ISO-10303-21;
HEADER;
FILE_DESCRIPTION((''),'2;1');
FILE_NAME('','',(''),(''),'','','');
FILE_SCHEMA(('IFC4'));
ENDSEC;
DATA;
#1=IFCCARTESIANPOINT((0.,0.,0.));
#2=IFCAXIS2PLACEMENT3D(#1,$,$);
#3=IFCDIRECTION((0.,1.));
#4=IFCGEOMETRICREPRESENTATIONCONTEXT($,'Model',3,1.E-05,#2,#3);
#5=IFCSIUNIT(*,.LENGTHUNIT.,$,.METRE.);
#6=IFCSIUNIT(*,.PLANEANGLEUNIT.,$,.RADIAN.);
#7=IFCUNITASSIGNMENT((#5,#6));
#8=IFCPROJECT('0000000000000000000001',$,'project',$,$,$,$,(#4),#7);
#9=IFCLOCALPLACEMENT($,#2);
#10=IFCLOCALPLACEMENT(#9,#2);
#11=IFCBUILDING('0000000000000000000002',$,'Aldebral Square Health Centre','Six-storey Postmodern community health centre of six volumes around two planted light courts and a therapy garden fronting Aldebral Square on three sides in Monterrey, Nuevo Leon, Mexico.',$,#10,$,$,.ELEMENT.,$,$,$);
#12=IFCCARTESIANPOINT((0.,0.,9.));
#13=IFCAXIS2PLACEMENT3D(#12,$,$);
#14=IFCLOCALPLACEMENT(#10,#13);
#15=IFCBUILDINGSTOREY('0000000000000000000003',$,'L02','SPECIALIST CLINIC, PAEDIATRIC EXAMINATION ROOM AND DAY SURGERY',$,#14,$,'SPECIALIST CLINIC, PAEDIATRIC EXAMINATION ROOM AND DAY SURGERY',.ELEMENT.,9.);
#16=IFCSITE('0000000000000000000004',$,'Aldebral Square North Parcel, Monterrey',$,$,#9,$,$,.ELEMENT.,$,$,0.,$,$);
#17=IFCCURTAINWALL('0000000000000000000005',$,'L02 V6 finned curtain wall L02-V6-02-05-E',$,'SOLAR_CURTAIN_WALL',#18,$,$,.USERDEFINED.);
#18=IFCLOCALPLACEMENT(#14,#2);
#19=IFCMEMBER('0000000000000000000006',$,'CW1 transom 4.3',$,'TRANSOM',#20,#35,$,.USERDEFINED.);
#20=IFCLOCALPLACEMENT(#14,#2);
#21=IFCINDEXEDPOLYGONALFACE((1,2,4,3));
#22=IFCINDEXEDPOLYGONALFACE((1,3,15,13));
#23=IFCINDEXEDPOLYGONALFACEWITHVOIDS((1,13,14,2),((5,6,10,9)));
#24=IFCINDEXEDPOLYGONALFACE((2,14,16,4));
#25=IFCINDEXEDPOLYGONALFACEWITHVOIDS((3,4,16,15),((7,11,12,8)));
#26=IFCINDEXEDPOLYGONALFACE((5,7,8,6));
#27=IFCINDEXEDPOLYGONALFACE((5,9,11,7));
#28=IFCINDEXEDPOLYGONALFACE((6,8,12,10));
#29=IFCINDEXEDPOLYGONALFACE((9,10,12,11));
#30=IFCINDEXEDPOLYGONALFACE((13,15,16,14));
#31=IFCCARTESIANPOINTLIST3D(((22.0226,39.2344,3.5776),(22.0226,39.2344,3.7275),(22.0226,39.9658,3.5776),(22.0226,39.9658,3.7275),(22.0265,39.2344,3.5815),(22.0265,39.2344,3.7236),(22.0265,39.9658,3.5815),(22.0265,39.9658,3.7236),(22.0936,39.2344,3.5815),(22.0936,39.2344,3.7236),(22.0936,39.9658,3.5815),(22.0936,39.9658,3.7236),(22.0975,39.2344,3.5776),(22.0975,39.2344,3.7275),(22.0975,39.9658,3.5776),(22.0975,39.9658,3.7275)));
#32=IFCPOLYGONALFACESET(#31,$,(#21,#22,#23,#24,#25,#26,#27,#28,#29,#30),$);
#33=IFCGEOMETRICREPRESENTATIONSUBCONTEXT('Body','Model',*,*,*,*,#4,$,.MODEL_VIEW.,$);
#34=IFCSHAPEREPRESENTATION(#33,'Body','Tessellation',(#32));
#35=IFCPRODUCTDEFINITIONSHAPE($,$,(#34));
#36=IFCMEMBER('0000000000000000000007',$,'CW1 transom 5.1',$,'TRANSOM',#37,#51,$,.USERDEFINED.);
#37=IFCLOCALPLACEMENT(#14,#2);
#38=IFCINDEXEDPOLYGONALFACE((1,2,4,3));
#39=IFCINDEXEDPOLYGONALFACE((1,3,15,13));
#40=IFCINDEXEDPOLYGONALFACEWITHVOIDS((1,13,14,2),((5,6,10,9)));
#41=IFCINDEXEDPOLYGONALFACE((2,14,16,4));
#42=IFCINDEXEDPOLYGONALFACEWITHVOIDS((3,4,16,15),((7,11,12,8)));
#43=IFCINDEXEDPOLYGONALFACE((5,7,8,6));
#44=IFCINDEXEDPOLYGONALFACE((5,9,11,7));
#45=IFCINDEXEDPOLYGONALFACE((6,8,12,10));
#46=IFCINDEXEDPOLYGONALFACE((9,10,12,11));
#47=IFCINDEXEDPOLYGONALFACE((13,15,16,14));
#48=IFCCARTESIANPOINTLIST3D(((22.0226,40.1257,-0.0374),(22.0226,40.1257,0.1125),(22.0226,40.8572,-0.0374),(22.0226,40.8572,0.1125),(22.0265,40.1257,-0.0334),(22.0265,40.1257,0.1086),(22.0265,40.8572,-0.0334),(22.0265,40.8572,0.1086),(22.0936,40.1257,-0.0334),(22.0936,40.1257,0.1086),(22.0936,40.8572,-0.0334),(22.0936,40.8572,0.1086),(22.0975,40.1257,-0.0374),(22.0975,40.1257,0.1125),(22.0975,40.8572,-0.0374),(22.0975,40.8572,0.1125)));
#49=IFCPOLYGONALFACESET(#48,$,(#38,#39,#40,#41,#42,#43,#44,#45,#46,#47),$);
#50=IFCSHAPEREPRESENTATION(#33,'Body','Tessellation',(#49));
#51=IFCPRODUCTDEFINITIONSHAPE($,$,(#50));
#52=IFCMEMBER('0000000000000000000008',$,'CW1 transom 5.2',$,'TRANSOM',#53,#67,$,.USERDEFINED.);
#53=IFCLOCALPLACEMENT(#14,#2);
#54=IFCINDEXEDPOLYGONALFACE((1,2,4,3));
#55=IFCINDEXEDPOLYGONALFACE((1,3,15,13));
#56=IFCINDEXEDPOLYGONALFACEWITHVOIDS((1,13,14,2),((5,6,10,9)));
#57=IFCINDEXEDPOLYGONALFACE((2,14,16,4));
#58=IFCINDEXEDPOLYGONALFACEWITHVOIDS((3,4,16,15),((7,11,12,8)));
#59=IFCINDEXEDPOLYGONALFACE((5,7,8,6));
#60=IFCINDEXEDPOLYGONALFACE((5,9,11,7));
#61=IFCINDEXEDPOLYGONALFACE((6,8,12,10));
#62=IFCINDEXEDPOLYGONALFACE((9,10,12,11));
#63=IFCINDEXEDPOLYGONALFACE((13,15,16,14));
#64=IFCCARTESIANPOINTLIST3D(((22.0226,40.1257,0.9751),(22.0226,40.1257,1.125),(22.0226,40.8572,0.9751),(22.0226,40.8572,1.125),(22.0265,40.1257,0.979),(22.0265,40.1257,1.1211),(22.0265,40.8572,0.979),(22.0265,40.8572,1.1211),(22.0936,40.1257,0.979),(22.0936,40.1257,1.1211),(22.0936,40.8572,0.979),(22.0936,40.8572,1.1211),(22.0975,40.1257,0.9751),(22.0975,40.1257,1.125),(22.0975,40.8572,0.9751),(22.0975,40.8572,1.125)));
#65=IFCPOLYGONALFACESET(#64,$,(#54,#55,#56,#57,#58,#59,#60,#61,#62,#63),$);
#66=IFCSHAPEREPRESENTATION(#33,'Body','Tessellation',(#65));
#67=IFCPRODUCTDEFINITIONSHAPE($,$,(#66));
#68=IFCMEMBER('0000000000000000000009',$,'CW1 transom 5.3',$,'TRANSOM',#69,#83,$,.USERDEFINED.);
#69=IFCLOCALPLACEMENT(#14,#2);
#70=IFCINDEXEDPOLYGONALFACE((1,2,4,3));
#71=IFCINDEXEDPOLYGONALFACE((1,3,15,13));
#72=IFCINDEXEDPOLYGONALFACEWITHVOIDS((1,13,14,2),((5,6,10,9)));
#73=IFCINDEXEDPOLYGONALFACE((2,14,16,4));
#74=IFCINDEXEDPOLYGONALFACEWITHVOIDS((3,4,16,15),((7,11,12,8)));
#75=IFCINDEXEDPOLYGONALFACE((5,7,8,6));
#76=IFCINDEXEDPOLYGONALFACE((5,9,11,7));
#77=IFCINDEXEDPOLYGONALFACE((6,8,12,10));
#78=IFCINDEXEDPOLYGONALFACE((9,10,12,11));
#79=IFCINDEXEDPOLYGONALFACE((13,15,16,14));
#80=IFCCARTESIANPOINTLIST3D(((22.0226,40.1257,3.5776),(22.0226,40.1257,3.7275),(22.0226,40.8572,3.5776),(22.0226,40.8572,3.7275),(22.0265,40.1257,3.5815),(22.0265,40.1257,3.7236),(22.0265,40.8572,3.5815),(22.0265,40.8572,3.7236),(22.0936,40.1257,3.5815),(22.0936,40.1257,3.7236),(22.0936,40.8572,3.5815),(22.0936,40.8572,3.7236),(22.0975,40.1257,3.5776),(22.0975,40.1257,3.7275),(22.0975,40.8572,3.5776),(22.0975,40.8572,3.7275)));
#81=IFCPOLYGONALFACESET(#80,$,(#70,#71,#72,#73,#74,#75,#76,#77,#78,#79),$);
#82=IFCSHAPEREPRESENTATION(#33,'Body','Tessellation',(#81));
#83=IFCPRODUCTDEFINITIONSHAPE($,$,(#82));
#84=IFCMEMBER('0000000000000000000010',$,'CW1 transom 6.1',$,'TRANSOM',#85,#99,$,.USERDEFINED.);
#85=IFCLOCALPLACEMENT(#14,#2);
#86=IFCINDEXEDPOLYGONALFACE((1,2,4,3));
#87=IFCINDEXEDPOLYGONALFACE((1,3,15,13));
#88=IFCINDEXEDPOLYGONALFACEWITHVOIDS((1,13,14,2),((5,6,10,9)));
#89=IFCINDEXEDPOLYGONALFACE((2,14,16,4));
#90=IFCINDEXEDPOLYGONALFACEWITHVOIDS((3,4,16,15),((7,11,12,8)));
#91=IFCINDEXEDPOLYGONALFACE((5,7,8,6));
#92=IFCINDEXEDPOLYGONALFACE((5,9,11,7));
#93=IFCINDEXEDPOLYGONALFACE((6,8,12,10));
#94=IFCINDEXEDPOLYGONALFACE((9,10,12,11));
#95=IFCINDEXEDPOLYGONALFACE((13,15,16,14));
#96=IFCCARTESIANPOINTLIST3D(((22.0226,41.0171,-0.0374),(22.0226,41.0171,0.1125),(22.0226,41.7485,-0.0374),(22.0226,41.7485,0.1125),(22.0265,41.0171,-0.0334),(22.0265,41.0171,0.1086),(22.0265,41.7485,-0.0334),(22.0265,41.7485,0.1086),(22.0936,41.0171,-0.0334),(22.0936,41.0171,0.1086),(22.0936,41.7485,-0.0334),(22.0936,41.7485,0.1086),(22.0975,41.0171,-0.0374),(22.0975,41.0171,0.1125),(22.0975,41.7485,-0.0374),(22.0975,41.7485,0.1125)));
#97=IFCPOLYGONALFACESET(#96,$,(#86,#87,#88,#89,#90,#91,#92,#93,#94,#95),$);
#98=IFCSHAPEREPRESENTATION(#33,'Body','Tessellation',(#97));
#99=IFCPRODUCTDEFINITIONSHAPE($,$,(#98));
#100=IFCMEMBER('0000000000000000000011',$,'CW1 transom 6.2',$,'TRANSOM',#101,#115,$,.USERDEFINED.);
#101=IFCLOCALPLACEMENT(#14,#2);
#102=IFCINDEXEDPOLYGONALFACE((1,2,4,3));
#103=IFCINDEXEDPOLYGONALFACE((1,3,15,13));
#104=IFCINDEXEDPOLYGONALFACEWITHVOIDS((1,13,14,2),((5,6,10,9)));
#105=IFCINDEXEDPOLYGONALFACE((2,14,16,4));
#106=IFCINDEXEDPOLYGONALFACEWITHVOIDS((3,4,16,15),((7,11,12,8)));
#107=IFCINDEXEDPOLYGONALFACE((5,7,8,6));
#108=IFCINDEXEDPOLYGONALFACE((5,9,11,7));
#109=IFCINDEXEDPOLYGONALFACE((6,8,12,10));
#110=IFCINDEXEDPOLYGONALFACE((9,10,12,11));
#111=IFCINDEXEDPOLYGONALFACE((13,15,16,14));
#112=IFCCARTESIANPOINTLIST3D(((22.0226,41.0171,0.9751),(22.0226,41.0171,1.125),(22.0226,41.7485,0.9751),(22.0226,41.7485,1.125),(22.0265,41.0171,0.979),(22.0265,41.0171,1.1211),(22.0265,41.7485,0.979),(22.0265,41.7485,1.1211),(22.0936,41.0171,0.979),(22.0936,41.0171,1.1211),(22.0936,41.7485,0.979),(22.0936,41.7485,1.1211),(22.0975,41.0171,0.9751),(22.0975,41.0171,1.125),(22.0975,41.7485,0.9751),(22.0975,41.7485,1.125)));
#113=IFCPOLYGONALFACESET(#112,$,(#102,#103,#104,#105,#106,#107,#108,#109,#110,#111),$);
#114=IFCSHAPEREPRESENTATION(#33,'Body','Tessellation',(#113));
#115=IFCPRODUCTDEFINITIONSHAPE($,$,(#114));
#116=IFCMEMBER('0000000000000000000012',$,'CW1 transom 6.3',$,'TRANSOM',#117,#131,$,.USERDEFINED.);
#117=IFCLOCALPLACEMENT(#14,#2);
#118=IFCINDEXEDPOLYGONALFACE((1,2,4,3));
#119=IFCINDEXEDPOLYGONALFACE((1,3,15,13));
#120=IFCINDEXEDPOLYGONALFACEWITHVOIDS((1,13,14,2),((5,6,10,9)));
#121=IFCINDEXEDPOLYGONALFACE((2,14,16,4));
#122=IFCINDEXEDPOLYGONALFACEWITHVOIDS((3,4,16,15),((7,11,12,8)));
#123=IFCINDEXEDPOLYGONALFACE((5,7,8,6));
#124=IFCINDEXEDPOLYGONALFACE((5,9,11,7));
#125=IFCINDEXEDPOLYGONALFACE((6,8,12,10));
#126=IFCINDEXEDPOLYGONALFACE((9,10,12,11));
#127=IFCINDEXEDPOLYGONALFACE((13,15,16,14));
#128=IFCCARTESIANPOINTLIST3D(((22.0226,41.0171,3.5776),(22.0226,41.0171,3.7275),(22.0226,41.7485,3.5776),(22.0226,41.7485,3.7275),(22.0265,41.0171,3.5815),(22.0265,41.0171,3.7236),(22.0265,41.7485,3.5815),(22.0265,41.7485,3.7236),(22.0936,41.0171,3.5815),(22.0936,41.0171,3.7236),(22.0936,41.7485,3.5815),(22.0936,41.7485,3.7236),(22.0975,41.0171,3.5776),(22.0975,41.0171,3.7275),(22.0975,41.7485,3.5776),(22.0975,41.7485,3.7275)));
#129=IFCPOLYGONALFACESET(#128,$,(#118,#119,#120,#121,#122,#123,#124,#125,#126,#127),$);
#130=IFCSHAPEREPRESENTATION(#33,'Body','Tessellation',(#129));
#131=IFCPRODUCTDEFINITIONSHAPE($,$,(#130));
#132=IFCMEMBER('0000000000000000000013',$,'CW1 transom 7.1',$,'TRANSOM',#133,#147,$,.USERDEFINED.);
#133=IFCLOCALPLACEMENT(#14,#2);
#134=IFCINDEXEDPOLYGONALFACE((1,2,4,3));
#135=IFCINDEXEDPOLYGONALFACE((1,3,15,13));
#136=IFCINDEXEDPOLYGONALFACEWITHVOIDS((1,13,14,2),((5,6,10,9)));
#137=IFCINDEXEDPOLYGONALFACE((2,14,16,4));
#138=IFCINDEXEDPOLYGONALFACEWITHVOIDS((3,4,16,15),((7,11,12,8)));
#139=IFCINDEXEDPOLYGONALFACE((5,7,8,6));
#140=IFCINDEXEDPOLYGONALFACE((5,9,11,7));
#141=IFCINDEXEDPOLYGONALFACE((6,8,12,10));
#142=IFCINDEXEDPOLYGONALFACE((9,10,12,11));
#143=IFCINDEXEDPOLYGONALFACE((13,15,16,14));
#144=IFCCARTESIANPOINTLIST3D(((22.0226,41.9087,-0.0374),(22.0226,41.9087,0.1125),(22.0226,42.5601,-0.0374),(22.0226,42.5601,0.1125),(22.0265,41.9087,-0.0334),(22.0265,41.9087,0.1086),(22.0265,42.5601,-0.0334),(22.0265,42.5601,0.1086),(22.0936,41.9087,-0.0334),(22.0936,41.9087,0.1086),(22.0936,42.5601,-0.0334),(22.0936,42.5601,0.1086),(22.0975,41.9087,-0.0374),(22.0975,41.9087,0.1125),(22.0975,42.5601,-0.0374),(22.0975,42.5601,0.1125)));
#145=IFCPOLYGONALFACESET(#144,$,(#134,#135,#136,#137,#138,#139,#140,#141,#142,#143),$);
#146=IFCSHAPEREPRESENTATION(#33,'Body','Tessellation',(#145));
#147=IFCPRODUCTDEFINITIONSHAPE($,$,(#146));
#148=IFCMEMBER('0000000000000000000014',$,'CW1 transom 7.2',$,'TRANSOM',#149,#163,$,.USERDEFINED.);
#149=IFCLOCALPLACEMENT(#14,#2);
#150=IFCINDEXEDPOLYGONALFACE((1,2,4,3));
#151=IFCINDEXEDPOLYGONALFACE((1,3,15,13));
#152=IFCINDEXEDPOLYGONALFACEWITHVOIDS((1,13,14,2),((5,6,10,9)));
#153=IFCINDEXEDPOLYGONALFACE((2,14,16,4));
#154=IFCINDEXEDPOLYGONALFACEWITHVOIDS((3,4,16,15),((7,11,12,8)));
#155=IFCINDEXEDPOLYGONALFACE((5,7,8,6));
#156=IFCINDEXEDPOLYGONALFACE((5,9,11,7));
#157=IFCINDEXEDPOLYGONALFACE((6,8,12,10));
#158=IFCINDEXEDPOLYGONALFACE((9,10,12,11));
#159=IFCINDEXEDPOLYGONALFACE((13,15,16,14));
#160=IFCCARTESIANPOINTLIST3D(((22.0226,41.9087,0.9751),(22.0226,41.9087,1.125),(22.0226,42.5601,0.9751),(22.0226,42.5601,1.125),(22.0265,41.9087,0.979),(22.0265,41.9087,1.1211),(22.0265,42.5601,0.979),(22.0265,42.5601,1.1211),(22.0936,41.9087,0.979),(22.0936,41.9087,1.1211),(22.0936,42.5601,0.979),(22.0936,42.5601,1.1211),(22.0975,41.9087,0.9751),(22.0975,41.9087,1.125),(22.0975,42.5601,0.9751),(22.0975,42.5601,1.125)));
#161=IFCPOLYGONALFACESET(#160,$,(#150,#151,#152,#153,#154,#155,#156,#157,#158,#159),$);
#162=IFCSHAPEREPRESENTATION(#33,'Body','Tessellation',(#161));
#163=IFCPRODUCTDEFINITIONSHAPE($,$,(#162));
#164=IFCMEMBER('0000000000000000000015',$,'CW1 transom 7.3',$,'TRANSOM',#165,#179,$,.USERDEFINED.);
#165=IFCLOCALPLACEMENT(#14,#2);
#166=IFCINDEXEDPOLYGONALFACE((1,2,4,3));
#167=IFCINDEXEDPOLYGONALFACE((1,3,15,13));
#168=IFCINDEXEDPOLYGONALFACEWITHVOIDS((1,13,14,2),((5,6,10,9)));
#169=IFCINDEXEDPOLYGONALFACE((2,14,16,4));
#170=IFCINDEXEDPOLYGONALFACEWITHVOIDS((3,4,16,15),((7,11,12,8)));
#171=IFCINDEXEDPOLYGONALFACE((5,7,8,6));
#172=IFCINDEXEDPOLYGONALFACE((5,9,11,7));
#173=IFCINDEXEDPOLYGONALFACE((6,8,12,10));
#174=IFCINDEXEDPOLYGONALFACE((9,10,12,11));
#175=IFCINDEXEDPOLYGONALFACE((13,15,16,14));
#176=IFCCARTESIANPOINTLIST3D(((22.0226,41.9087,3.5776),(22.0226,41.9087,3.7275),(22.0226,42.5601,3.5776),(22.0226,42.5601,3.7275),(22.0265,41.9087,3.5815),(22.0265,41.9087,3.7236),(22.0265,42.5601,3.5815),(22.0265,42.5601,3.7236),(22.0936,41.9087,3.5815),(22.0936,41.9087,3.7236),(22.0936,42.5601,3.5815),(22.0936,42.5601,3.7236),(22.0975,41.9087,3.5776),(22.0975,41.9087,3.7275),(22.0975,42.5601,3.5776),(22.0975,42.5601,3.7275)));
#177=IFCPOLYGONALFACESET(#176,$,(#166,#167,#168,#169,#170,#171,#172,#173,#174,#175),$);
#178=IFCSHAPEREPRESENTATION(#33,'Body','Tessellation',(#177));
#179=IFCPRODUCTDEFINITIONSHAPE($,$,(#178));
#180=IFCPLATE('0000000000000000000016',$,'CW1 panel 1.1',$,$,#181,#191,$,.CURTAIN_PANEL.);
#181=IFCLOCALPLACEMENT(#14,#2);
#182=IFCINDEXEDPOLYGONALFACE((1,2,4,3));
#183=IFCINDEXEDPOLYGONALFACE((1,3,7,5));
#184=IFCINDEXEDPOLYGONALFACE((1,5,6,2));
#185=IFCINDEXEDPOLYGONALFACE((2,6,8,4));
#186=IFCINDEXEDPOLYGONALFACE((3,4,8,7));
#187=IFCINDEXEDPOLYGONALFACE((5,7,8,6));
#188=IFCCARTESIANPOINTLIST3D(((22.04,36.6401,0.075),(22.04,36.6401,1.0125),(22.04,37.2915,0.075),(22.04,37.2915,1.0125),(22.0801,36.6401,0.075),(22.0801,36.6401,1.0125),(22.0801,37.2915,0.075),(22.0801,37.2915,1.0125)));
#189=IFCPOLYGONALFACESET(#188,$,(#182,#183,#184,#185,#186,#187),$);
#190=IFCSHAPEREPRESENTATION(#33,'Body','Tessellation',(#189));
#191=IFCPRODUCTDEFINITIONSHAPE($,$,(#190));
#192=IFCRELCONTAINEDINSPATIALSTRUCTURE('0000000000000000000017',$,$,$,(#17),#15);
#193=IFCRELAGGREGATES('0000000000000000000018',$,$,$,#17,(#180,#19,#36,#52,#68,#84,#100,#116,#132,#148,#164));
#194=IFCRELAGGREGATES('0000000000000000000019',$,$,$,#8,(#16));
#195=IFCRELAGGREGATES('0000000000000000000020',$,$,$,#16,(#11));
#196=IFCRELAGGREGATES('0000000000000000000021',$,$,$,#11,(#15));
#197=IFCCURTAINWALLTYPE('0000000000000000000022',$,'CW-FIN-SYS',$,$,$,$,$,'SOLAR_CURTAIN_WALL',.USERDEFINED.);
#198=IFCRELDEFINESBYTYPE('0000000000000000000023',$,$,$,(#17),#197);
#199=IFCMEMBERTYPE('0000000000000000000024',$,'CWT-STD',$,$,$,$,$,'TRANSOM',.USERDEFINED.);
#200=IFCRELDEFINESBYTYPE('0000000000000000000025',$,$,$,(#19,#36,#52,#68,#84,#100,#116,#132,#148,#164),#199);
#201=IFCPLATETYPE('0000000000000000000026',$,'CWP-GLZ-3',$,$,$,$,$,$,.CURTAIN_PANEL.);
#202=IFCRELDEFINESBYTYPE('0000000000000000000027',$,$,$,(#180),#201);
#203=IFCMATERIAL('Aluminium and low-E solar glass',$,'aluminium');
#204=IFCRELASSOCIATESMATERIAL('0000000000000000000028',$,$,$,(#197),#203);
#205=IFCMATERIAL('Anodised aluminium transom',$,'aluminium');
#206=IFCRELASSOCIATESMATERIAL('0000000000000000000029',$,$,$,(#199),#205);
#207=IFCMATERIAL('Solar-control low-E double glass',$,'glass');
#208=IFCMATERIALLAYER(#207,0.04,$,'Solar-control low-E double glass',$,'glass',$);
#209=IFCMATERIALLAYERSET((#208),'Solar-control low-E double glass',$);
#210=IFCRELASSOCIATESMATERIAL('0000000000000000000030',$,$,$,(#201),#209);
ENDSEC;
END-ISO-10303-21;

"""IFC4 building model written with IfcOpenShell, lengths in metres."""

from ifc_helpers import new_model, si_unit, direction, frame, origin, origin_2d, place, context, subcontext, project, spatial, rectangle, hollow_rectangle, extrude, material, layer, layer_set, material_profile, profile_set, type_object, element, aggregate, save


model = new_model("IFC4")

# Units and contexts
model_context = context("Model", 3, precision=1e-05, world=origin(), true_north=direction((0.0, 1.0)))
body_context = subcontext(model_context, "Body", "Model", "MODEL_VIEW")
ifc_project = project(units=[si_unit("LENGTHUNIT", "METRE"), si_unit("PLANEANGLEUNIT", "RADIAN")], contexts=[model_context])

# Site, building, storey
site_placement = place(None, origin())
site = spatial("IfcSite", under=ifc_project, at=site_placement, Name="Aldebral Square North Parcel, Monterrey", CompositionType="ELEMENT", RefElevation=0.0)
building_placement = place(site_placement, origin())
building = spatial("IfcBuilding", under=site, at=building_placement, Name="Aldebral Square Health Centre", Description="Six-storey Postmodern community health centre of six volumes around two planted light courts and a therapy garden fronting Aldebral Square on three sides in Monterrey, Nuevo Leon, Mexico.", CompositionType="ELEMENT")
storey_placement = place(building_placement, frame((0.0, 0.0, 9.0)))
storey = spatial("IfcBuildingStorey", under=building, at=storey_placement, Name="L02", Description="SPECIALIST CLINIC, PAEDIATRIC EXAMINATION ROOM AND DAY SURGERY", LongName="SPECIALIST CLINIC, PAEDIATRIC EXAMINATION ROOM AND DAY SURGERY", CompositionType="ELEMENT", Elevation=9.0)

# Shared definitions
ifc_material_1 = material(Name="Aluminium and low-E solar glass", Category="aluminium")
curtain_wall_type = type_object("IfcCurtainWallType", Name="CW-FIN-SYS", ElementType="SOLAR_CURTAIN_WALL", PredefinedType="USERDEFINED", material=ifc_material_1)

# Curtain wall, members, plate
curtain_wall_1_placement = place(storey_placement, origin())
curtain_wall_1 = element("IfcCurtainWall", 1, at=curtain_wall_1_placement, inside=storey, type_object=curtain_wall_type, Name="L02 V6 finned curtain wall L02-V6-02-05-E", ObjectType="SOLAR_CURTAIN_WALL", PredefinedType="USERDEFINED")
ifc_material_2 = material(Name="Anodised aluminium transom", Category="aluminium")
ifc_material_profile_1 = material_profile(ifc_material_2, hollow_rectangle(XDim=0.075, YDim=0.1499, WallThickness=0.0039, at=origin_2d()), Name="CWT 75x150x4")
ifc_profile_set_1 = profile_set([ifc_material_profile_1], Name="Anodised aluminium transom")
member_type_1 = type_object("IfcMemberType", Name="CWT-STD", ElementType="TRANSOM", PredefinedType="USERDEFINED", material=ifc_profile_set_1)
member_1_placement = place(storey_placement, frame((22.0601, 39.2344, 3.6526), z_axis=(0.0, 1.0, 0.0), x_axis=(-1.0, 0.0, 0.0)))
member_1 = element("IfcMember", 2, at=member_1_placement, type_object=member_type_1, Name="CW1 transom 4.3", ObjectType="TRANSOM", PredefinedType="USERDEFINED", context=body_context, shape_type="SweptSolid", body=[
    extrude(hollow_rectangle(XDim=0.075, YDim=0.1499, WallThickness=0.0039, at=origin_2d()), origin(), (0.0, 0.0, 1.0), 0.7314),
])
member_2_placement = place(storey_placement, frame((22.0601, 40.1257, 0.0376), z_axis=(0.0, 1.0, 0.0), x_axis=(-1.0, 0.0, 0.0)))
member_2 = element("IfcMember", 3, at=member_2_placement, type_object=member_type_1, Name="CW1 transom 5.1", ObjectType="TRANSOM", PredefinedType="USERDEFINED", context=body_context, shape_type="SweptSolid", body=[
    extrude(hollow_rectangle(XDim=0.075, YDim=0.1499, WallThickness=0.0039, at=origin_2d()), origin(), (0.0, 0.0, 1.0), 0.7314),
])
member_3_placement = place(storey_placement, frame((22.0601, 40.1257, 1.05), z_axis=(0.0, 1.0, 0.0), x_axis=(-1.0, 0.0, 0.0)))
member_3 = element("IfcMember", 4, at=member_3_placement, type_object=member_type_1, Name="CW1 transom 5.2", ObjectType="TRANSOM", PredefinedType="USERDEFINED", context=body_context, shape_type="SweptSolid", body=[
    extrude(hollow_rectangle(XDim=0.075, YDim=0.1499, WallThickness=0.0039, at=origin_2d()), origin(), (0.0, 0.0, 1.0), 0.7314),
])
member_4_placement = place(storey_placement, frame((22.0601, 40.1257, 3.6526), z_axis=(0.0, 1.0, 0.0), x_axis=(-1.0, 0.0, 0.0)))
member_4 = element("IfcMember", 5, at=member_4_placement, type_object=member_type_1, Name="CW1 transom 5.3", ObjectType="TRANSOM", PredefinedType="USERDEFINED", context=body_context, shape_type="SweptSolid", body=[
    extrude(hollow_rectangle(XDim=0.075, YDim=0.1499, WallThickness=0.0039, at=origin_2d()), origin(), (0.0, 0.0, 1.0), 0.7314),
])
member_5_placement = place(storey_placement, frame((22.0601, 41.0171, 0.0376), z_axis=(0.0, 1.0, 0.0), x_axis=(-1.0, 0.0, 0.0)))
member_5 = element("IfcMember", 6, at=member_5_placement, type_object=member_type_1, Name="CW1 transom 6.1", ObjectType="TRANSOM", PredefinedType="USERDEFINED", context=body_context, shape_type="SweptSolid", body=[
    extrude(hollow_rectangle(XDim=0.075, YDim=0.1499, WallThickness=0.0039, at=origin_2d()), origin(), (0.0, 0.0, 1.0), 0.7314),
])
member_6_placement = place(storey_placement, frame((22.0601, 41.0171, 1.05), z_axis=(0.0, 1.0, 0.0), x_axis=(-1.0, 0.0, 0.0)))
member_6 = element("IfcMember", 7, at=member_6_placement, type_object=member_type_1, Name="CW1 transom 6.2", ObjectType="TRANSOM", PredefinedType="USERDEFINED", context=body_context, shape_type="SweptSolid", body=[
    extrude(hollow_rectangle(XDim=0.075, YDim=0.1499, WallThickness=0.0039, at=origin_2d()), origin(), (0.0, 0.0, 1.0), 0.7314),
])
member_7_placement = place(storey_placement, frame((22.0601, 41.0171, 3.6526), z_axis=(0.0, 1.0, 0.0), x_axis=(-1.0, 0.0, 0.0)))
member_7 = element("IfcMember", 8, at=member_7_placement, type_object=member_type_1, Name="CW1 transom 6.3", ObjectType="TRANSOM", PredefinedType="USERDEFINED", context=body_context, shape_type="SweptSolid", body=[
    extrude(hollow_rectangle(XDim=0.075, YDim=0.1499, WallThickness=0.0039, at=origin_2d()), origin(), (0.0, 0.0, 1.0), 0.7314),
])
member_8_placement = place(storey_placement, frame((22.0601, 41.9087, 0.0376), z_axis=(0.0, 1.0, 0.0), x_axis=(-1.0, 0.0, 0.0)))
member_8 = element("IfcMember", 9, at=member_8_placement, type_object=member_type_1, Name="CW1 transom 7.1", ObjectType="TRANSOM", PredefinedType="USERDEFINED", context=body_context, shape_type="SweptSolid", body=[
    extrude(hollow_rectangle(XDim=0.075, YDim=0.1499, WallThickness=0.0039, at=origin_2d()), origin(), (0.0, 0.0, 1.0), 0.6514),
])
member_9_placement = place(storey_placement, frame((22.0601, 41.9087, 1.05), z_axis=(0.0, 1.0, 0.0), x_axis=(-1.0, 0.0, 0.0)))
member_9 = element("IfcMember", 10, at=member_9_placement, type_object=member_type_1, Name="CW1 transom 7.2", ObjectType="TRANSOM", PredefinedType="USERDEFINED", context=body_context, shape_type="SweptSolid", body=[
    extrude(hollow_rectangle(XDim=0.075, YDim=0.1499, WallThickness=0.0039, at=origin_2d()), origin(), (0.0, 0.0, 1.0), 0.6514),
])
member_10_placement = place(storey_placement, frame((22.0601, 41.9087, 3.6526), z_axis=(0.0, 1.0, 0.0), x_axis=(-1.0, 0.0, 0.0)))
member_10 = element("IfcMember", 11, at=member_10_placement, type_object=member_type_1, Name="CW1 transom 7.3", ObjectType="TRANSOM", PredefinedType="USERDEFINED", context=body_context, shape_type="SweptSolid", body=[
    extrude(hollow_rectangle(XDim=0.075, YDim=0.1499, WallThickness=0.0039, at=origin_2d()), origin(), (0.0, 0.0, 1.0), 0.6514),
])
ifc_material_3 = material(Name="Solar-control low-E double glass", Category="glass")
ifc_layer = layer(ifc_material_3, 0.04, Name="Solar-control low-E double glass", Category="glass")
ifc_layer_set = layer_set([ifc_layer], Name="Solar-control low-E double glass")
plate_type = type_object("IfcPlateType", Name="CWP-GLZ-3", PredefinedType="CURTAIN_PANEL", material=ifc_layer_set)
plate_1_placement = place(storey_placement, frame((22.0601, 36.9658, 0.075), z_axis=(0.0, 0.0, 1.0), x_axis=(0.0, 1.0, 0.0)))
plate_1 = element("IfcPlate", 12, at=plate_1_placement, type_object=plate_type, Name="CW1 panel 1.1", PredefinedType="CURTAIN_PANEL", context=body_context, shape_type="SweptSolid", body=[
    extrude(rectangle(XDim=0.6514, YDim=0.04, at=origin_2d()), origin(), (0.0, 0.0, 1.0), 0.9375),
])
aggregate(curtain_wall_1, [plate_1, member_1, member_2, member_3, member_4, member_5, member_6, member_7, member_8, member_9, member_10])

save(model, "model.ifc")
